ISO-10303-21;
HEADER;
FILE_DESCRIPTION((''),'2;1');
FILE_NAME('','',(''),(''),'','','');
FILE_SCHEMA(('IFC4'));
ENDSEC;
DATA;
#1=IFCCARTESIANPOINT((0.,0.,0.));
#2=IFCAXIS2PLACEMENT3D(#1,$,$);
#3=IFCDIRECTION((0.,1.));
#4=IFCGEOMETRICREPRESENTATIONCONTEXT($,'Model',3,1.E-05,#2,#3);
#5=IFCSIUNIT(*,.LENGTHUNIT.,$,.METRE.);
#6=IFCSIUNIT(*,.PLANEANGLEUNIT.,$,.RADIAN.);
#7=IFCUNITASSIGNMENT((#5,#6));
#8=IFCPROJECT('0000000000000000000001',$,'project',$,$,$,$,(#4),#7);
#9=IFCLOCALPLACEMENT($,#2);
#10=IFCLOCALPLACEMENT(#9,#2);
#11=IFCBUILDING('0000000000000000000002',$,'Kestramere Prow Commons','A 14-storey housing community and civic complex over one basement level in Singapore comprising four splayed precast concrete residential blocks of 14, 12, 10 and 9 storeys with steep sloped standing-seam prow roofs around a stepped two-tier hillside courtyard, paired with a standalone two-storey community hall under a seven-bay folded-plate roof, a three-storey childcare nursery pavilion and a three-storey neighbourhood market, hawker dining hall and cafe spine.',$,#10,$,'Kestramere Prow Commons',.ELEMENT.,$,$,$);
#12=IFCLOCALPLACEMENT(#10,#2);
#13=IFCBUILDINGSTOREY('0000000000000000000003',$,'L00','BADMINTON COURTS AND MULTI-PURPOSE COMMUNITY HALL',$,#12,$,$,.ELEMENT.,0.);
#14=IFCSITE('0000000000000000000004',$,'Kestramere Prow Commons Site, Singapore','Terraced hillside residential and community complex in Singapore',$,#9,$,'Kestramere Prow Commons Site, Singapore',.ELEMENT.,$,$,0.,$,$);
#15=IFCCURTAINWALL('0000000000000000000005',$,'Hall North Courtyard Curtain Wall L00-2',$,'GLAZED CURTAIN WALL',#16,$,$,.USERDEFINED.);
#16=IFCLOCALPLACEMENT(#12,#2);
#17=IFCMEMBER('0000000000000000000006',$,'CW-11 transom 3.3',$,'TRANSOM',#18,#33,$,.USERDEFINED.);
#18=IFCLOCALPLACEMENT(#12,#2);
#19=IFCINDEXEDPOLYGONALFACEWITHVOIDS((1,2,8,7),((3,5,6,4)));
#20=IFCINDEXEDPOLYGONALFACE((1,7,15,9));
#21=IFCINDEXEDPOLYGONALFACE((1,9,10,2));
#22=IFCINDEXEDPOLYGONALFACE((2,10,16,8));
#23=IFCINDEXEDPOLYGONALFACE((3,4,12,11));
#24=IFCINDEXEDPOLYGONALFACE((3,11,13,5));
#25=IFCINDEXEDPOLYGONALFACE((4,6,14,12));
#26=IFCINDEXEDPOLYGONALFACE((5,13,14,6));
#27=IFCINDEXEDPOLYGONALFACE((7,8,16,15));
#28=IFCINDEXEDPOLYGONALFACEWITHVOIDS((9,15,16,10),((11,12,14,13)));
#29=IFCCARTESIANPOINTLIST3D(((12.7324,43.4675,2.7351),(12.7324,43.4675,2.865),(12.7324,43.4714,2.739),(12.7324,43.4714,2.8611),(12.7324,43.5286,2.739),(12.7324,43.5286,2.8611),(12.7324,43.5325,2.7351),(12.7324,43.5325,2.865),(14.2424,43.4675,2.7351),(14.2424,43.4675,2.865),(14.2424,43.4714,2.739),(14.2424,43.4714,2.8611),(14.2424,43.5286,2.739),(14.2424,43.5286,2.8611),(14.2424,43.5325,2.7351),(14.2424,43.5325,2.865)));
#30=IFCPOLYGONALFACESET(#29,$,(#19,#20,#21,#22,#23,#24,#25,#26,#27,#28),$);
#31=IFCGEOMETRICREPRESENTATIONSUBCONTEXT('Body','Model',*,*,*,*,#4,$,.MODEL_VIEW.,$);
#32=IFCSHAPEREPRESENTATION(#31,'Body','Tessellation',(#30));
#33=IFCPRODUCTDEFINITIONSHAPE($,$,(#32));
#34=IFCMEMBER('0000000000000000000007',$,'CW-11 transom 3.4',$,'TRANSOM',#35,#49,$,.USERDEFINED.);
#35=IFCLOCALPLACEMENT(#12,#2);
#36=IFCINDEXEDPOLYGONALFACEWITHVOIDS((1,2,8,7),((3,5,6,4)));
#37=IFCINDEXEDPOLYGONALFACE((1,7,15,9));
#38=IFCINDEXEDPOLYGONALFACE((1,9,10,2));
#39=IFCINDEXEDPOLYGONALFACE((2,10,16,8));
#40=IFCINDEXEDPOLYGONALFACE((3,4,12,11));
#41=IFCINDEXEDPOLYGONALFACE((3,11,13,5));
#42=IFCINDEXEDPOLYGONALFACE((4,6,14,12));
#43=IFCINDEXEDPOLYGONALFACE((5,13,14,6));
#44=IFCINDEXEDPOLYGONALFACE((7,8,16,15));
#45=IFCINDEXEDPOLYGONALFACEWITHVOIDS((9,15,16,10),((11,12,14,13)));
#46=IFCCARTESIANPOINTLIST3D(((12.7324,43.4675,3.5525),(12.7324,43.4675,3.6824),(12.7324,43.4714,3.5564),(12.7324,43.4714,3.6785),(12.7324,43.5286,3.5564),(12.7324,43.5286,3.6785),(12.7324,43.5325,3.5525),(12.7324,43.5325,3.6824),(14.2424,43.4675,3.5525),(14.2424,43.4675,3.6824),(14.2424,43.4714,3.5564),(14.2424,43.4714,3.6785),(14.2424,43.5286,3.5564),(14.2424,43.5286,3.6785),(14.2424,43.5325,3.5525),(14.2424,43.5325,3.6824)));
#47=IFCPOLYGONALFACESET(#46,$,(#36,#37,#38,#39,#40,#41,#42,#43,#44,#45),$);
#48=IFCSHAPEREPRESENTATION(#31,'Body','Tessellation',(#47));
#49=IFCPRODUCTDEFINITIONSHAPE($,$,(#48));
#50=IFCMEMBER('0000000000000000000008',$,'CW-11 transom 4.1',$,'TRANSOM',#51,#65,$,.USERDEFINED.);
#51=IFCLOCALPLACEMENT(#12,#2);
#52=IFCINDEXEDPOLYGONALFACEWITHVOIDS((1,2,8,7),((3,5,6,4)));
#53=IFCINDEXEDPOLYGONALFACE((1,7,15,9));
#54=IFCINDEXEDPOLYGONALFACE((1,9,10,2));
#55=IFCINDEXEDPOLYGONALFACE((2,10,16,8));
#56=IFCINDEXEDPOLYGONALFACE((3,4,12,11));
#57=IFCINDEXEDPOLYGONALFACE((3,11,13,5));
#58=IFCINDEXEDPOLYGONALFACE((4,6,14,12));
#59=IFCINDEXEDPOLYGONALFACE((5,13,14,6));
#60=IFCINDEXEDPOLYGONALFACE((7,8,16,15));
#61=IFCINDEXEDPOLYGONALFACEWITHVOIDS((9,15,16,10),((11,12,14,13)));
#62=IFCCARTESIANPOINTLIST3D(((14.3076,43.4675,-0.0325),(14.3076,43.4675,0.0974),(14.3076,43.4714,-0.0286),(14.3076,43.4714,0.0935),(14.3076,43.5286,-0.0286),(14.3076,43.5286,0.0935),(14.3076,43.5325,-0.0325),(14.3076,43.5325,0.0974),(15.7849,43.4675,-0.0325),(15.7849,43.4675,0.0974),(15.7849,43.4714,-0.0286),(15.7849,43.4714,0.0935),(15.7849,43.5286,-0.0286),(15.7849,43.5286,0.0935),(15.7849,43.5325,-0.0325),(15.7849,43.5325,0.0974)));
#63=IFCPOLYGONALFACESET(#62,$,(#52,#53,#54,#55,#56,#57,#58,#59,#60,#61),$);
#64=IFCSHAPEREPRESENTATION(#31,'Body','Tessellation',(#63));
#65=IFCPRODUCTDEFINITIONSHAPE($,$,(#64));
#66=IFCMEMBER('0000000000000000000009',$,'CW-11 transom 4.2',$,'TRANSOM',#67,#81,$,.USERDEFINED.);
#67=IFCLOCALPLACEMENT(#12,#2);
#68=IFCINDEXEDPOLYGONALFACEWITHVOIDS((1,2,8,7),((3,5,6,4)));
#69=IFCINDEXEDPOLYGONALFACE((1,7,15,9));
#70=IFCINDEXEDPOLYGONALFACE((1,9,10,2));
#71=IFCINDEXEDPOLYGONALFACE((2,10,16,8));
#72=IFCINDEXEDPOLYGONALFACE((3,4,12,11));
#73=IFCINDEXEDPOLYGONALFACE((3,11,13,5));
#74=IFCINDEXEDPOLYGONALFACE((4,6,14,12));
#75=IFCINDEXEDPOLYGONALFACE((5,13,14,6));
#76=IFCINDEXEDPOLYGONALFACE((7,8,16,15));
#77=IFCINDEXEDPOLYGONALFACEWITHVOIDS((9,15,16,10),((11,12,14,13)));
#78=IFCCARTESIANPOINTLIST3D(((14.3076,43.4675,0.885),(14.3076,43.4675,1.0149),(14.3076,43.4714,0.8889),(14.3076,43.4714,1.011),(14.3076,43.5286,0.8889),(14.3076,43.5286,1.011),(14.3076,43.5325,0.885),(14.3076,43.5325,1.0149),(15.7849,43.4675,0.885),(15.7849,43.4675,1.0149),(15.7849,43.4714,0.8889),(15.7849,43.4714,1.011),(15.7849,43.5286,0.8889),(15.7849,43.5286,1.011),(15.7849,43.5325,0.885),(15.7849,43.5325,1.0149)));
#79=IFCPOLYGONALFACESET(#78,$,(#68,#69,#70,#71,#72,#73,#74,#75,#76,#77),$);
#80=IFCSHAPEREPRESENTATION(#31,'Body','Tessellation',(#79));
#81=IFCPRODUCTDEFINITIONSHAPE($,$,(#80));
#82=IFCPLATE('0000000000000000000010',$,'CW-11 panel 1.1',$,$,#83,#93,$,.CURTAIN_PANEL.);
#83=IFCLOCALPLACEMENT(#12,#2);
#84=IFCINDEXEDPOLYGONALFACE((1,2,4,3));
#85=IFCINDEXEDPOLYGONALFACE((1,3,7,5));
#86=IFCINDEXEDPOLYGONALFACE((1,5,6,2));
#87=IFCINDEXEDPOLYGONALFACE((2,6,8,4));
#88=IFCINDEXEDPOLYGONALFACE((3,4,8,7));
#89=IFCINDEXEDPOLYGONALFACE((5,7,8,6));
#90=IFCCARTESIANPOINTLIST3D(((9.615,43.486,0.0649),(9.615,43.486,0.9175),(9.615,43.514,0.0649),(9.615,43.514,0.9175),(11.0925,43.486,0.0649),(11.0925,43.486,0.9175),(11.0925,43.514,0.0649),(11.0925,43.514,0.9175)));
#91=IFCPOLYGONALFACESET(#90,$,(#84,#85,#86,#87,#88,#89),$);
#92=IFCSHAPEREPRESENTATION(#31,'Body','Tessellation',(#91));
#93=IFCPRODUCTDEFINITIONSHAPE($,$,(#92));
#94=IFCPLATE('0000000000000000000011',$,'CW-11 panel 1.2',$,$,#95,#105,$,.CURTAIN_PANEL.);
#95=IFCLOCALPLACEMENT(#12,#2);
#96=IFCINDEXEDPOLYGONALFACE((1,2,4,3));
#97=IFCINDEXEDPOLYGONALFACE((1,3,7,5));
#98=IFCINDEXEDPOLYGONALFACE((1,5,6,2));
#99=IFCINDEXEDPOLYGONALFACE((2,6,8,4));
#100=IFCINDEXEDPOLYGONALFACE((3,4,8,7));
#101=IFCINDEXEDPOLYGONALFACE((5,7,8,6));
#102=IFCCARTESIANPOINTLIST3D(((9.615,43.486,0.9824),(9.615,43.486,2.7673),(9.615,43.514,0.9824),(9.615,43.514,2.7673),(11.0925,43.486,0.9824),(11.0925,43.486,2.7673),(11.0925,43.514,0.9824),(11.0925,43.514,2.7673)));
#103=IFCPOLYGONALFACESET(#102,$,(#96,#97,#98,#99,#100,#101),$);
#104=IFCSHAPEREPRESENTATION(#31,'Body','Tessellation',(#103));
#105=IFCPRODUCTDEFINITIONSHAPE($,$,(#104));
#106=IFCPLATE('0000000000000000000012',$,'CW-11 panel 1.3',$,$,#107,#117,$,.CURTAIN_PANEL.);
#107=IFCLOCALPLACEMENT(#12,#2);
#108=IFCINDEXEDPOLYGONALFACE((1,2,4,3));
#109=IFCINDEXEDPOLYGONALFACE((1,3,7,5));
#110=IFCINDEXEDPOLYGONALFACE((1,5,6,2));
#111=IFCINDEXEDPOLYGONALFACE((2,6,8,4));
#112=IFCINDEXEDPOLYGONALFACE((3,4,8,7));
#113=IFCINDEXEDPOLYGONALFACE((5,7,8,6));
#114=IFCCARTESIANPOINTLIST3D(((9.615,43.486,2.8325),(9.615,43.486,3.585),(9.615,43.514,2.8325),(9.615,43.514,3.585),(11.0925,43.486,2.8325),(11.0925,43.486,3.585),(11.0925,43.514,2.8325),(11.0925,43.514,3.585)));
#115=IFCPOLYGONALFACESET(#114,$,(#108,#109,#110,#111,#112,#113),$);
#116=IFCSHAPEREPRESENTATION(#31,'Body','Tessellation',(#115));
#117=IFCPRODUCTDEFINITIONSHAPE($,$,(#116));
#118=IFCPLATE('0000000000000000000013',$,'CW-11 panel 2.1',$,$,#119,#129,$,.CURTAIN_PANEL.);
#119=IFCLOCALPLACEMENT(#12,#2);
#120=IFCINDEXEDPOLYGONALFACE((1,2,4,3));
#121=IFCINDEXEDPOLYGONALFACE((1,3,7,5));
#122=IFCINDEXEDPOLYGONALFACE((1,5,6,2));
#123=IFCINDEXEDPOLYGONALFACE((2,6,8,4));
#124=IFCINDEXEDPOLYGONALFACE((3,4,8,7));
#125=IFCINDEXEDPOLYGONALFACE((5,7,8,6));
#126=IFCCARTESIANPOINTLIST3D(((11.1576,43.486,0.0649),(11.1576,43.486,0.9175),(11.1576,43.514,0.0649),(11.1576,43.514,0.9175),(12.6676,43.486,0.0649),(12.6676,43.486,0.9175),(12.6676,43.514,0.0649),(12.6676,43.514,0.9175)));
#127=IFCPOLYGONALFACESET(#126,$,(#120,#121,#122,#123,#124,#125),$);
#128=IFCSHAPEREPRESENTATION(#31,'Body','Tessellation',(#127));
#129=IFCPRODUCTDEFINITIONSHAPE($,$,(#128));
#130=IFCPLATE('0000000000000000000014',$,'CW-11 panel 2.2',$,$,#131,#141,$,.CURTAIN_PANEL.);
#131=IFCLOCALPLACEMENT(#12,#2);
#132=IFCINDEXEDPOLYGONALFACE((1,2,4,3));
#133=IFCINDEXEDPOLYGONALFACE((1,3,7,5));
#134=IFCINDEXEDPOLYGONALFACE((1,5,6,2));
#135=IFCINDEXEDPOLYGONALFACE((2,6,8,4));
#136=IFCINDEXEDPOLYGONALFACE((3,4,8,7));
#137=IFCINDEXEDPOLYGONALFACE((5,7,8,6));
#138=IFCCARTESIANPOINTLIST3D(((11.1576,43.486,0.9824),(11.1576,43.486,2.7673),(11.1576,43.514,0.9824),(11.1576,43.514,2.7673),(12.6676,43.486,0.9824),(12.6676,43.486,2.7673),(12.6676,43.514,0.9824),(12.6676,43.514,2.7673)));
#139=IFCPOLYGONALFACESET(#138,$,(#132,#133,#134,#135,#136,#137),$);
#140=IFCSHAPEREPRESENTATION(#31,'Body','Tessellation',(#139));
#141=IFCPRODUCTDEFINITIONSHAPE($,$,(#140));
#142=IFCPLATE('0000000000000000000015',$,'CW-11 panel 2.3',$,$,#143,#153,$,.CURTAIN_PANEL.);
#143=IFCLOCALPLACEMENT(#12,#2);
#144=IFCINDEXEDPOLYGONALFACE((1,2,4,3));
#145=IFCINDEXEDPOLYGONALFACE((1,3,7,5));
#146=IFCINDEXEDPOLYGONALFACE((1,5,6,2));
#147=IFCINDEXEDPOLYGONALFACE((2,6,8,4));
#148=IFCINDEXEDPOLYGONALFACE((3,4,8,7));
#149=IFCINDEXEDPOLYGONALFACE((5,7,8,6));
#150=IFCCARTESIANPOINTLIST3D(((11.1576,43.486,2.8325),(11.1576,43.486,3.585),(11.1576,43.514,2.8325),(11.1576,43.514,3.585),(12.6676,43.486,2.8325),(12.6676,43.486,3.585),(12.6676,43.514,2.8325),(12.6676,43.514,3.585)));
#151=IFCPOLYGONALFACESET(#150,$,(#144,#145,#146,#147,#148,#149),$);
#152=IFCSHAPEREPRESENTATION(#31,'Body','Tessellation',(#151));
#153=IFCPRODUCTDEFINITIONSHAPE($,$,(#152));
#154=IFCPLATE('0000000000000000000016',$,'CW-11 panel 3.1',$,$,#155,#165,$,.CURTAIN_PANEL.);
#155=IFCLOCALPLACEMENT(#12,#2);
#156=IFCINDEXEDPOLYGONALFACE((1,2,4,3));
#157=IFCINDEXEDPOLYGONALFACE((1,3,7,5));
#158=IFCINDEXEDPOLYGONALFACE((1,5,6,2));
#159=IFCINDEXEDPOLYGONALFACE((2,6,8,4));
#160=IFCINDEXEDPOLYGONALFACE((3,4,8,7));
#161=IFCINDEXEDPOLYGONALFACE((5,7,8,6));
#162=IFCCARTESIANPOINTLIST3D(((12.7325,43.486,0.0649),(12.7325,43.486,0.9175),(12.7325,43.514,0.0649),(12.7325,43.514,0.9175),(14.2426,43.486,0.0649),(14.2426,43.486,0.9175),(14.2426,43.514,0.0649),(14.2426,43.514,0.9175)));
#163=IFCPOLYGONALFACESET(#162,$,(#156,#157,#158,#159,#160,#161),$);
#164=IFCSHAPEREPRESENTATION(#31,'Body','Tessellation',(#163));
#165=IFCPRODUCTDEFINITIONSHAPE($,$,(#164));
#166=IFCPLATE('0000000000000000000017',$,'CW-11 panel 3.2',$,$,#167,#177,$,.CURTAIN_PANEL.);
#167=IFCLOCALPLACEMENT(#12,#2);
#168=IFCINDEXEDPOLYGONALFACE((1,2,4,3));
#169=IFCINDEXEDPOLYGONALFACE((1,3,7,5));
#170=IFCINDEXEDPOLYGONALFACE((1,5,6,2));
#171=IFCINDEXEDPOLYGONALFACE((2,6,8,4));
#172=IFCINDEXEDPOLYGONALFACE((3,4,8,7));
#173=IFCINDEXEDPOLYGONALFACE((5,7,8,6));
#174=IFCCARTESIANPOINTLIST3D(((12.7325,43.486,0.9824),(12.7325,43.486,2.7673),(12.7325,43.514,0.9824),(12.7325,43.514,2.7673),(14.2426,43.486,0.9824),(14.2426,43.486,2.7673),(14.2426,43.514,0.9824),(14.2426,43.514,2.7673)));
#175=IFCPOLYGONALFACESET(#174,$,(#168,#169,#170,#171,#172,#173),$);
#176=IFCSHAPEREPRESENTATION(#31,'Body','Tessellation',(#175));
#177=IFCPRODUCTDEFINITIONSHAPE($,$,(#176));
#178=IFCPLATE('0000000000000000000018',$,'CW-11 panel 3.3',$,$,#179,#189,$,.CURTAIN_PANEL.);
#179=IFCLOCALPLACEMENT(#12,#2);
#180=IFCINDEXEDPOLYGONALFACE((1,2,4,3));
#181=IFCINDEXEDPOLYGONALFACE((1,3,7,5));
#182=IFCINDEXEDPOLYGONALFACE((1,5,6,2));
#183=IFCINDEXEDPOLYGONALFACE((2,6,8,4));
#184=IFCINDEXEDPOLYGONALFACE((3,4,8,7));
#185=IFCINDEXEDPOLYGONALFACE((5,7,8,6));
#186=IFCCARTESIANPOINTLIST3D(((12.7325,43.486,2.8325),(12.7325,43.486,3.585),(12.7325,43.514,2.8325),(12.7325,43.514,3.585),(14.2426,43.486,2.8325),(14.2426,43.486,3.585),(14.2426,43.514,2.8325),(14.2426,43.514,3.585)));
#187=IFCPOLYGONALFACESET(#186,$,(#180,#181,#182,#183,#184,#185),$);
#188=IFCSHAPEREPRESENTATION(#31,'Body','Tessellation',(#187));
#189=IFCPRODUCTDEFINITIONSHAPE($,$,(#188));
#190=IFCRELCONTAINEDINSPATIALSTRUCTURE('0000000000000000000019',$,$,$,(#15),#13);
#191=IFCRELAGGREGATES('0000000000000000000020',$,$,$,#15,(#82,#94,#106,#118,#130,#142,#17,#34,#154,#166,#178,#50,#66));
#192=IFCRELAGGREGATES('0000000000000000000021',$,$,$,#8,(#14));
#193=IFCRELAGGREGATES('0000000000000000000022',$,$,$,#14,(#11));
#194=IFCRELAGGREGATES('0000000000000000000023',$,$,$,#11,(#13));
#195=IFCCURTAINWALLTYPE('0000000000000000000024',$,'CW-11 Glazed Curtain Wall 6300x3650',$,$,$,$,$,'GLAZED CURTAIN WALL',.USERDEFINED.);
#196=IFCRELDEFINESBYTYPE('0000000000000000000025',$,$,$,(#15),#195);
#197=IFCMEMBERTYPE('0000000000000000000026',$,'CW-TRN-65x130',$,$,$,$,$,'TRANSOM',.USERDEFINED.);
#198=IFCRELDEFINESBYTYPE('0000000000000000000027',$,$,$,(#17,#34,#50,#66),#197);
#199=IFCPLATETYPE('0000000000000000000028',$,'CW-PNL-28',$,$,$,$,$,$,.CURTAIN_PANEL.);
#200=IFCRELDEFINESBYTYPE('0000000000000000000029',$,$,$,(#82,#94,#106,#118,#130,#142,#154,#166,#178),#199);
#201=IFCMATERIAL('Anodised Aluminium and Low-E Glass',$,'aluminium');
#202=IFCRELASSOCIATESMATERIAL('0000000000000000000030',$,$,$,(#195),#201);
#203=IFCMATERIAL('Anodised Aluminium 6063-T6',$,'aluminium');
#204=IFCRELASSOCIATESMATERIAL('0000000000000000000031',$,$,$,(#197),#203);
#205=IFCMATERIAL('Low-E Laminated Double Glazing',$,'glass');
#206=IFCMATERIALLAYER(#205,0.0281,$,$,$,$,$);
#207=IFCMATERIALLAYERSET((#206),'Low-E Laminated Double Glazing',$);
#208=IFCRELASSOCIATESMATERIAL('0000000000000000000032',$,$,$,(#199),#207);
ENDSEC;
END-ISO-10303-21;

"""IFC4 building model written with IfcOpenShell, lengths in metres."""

from ifc_helpers import new_model, si_unit, direction, frame, origin, origin_2d, place, context, subcontext, project, spatial, rectangle, hollow_rectangle, extrude, material, layer, layer_set, material_profile, profile_set, type_object, element, aggregate, save


model = new_model("IFC4")

# Units and contexts
model_context = context("Model", 3, precision=1e-05, world=origin(), true_north=direction((0.0, 1.0)))
body_context = subcontext(model_context, "Body", "Model", "MODEL_VIEW")
ifc_project = project(units=[si_unit("LENGTHUNIT", "METRE"), si_unit("PLANEANGLEUNIT", "RADIAN")], contexts=[model_context])

# Site, building, storey
site_placement = place(None, origin())
site = spatial("IfcSite", under=ifc_project, at=site_placement, Name="Kestramere Prow Commons Site, Singapore", Description="Terraced hillside residential and community complex in Singapore", LongName="Kestramere Prow Commons Site, Singapore", CompositionType="ELEMENT", RefElevation=0.0)
building_placement = place(site_placement, origin())
building = spatial("IfcBuilding", under=site, at=building_placement, Name="Kestramere Prow Commons", Description="A 14-storey housing community and civic complex over one basement level in Singapore comprising four splayed precast concrete residential blocks of 14, 12, 10 and 9 storeys with steep sloped standing-seam prow roofs around a stepped two-tier hillside courtyard, paired with a standalone two-storey community hall under a seven-bay folded-plate roof, a three-storey childcare nursery pavilion and a three-storey neighbourhood market, hawker dining hall and cafe spine.", LongName="Kestramere Prow Commons", CompositionType="ELEMENT")
storey_placement = place(building_placement, origin())
storey = spatial("IfcBuildingStorey", under=building, at=storey_placement, Name="L00", Description="BADMINTON COURTS AND MULTI-PURPOSE COMMUNITY HALL", CompositionType="ELEMENT", Elevation=0.0)

# Curtain wall, members, plates
ifc_material_1 = material(Name="Anodised Aluminium and Low-E Glass", Category="aluminium")
curtain_wall_type = type_object("IfcCurtainWallType", Name="CW-11 Glazed Curtain Wall 6300x3650", ElementType="GLAZED CURTAIN WALL", PredefinedType="USERDEFINED", material=ifc_material_1)
curtain_wall_placement = place(storey_placement, origin())
curtain_wall = element("IfcCurtainWall", 1, at=curtain_wall_placement, inside=storey, type_object=curtain_wall_type, Name="Hall North Courtyard Curtain Wall L00-2", ObjectType="GLAZED CURTAIN WALL", PredefinedType="USERDEFINED")
ifc_material_2 = material(Name="Anodised Aluminium 6063-T6", Category="aluminium")
ifc_material_profile_1 = material_profile(ifc_material_2, hollow_rectangle(XDim=0.0649, YDim=0.1299, WallThickness=0.0039, at=origin_2d()), Name="ALU-TRN 65x130")
ifc_profile_set_1 = profile_set([ifc_material_profile_1], Name="Anodised Aluminium 6063-T6")
member_type_1 = type_object("IfcMemberType", Name="CW-TRN-65x130", ElementType="TRANSOM", PredefinedType="USERDEFINED", material=ifc_profile_set_1)
member_1_placement = place(storey_placement, frame((12.7324, 43.5, 2.8), z_axis=(1.0, 0.0, 0.0), x_axis=(0.0, 1.0, 0.0)))
member_1 = element("IfcMember", 2, at=member_1_placement, type_object=member_type_1, Name="CW-11 transom 3.3", ObjectType="TRANSOM", PredefinedType="USERDEFINED", context=body_context, shape_type="SweptSolid", body=[
    extrude(hollow_rectangle(XDim=0.0649, YDim=0.1299, WallThickness=0.0039, at=origin_2d()), origin(), (0.0, 0.0, 1.0), 1.51),
])
member_2_placement = place(storey_placement, frame((12.7324, 43.5, 3.6174), z_axis=(1.0, 0.0, 0.0), x_axis=(0.0, 1.0, 0.0)))
member_2 = element("IfcMember", 3, at=member_2_placement, type_object=member_type_1, Name="CW-11 transom 3.4", ObjectType="TRANSOM", PredefinedType="USERDEFINED", context=body_context, shape_type="SweptSolid", body=[
    extrude(hollow_rectangle(XDim=0.0649, YDim=0.1299, WallThickness=0.0039, at=origin_2d()), origin(), (0.0, 0.0, 1.0), 1.51),
])
member_3_placement = place(storey_placement, frame((14.3076, 43.5, 0.0325), z_axis=(1.0, 0.0, 0.0), x_axis=(0.0, 1.0, 0.0)))
member_3 = element("IfcMember", 4, at=member_3_placement, type_object=member_type_1, Name="CW-11 transom 4.1", ObjectType="TRANSOM", PredefinedType="USERDEFINED", context=body_context, shape_type="SweptSolid", body=[
    extrude(hollow_rectangle(XDim=0.0649, YDim=0.1299, WallThickness=0.0039, at=origin_2d()), origin(), (0.0, 0.0, 1.0), 1.4773),
])
member_4_placement = place(storey_placement, frame((14.3076, 43.5, 0.95), z_axis=(1.0, 0.0, 0.0), x_axis=(0.0, 1.0, 0.0)))
member_4 = element("IfcMember", 5, at=member_4_placement, type_object=member_type_1, Name="CW-11 transom 4.2", ObjectType="TRANSOM", PredefinedType="USERDEFINED", context=body_context, shape_type="SweptSolid", body=[
    extrude(hollow_rectangle(XDim=0.0649, YDim=0.1299, WallThickness=0.0039, at=origin_2d()), origin(), (0.0, 0.0, 1.0), 1.4773),
])
ifc_material_3 = material(Name="Low-E Laminated Double Glazing", Category="glass")
ifc_layer = layer(ifc_material_3, 0.0281)
ifc_layer_set = layer_set([ifc_layer], Name="Low-E Laminated Double Glazing")
plate_type = type_object("IfcPlateType", Name="CW-PNL-28", PredefinedType="CURTAIN_PANEL", material=ifc_layer_set)
plate_1_placement = place(storey_placement, frame((10.3538, 43.5, 0.0649), z_axis=(0.0, 0.0, 1.0), x_axis=(1.0, 0.0, 0.0)))
plate_1 = element("IfcPlate", 6, at=plate_1_placement, type_object=plate_type, Name="CW-11 panel 1.1", PredefinedType="CURTAIN_PANEL", context=body_context, shape_type="SweptSolid", body=[
    extrude(rectangle(XDim=1.4775, YDim=0.0281, at=origin_2d()), origin(), (0.0, 0.0, 1.0), 0.8525),
])
plate_2_placement = place(storey_placement, frame((10.3538, 43.5, 0.9824), z_axis=(0.0, 0.0, 1.0), x_axis=(1.0, 0.0, 0.0)))
plate_2 = element("IfcPlate", 7, at=plate_2_placement, type_object=plate_type, Name="CW-11 panel 1.2", PredefinedType="CURTAIN_PANEL", context=body_context, shape_type="SweptSolid", body=[
    extrude(rectangle(XDim=1.4775, YDim=0.0281, at=origin_2d()), origin(), (0.0, 0.0, 1.0), 1.7849),
])
plate_3_placement = place(storey_placement, frame((10.3538, 43.5, 2.8325), z_axis=(0.0, 0.0, 1.0), x_axis=(1.0, 0.0, 0.0)))
plate_3 = element("IfcPlate", 8, at=plate_3_placement, type_object=plate_type, Name="CW-11 panel 1.3", PredefinedType="CURTAIN_PANEL", context=body_context, shape_type="SweptSolid", body=[
    extrude(rectangle(XDim=1.4775, YDim=0.0281, at=origin_2d()), origin(), (0.0, 0.0, 1.0), 0.7524),
])
plate_4_placement = place(storey_placement, frame((11.9126, 43.5, 0.0649), z_axis=(0.0, 0.0, 1.0), x_axis=(1.0, 0.0, 0.0)))
plate_4 = element("IfcPlate", 9, at=plate_4_placement, type_object=plate_type, Name="CW-11 panel 2.1", PredefinedType="CURTAIN_PANEL", context=body_context, shape_type="SweptSolid", body=[
    extrude(rectangle(XDim=1.51, YDim=0.0281, at=origin_2d()), origin(), (0.0, 0.0, 1.0), 0.8525),
])
plate_5_placement = place(storey_placement, frame((11.9126, 43.5, 0.9824), z_axis=(0.0, 0.0, 1.0), x_axis=(1.0, 0.0, 0.0)))
plate_5 = element("IfcPlate", 10, at=plate_5_placement, type_object=plate_type, Name="CW-11 panel 2.2", PredefinedType="CURTAIN_PANEL", context=body_context, shape_type="SweptSolid", body=[
    extrude(rectangle(XDim=1.51, YDim=0.0281, at=origin_2d()), origin(), (0.0, 0.0, 1.0), 1.7849),
])
plate_6_placement = place(storey_placement, frame((11.9126, 43.5, 2.8325), z_axis=(0.0, 0.0, 1.0), x_axis=(1.0, 0.0, 0.0)))
plate_6 = element("IfcPlate", 11, at=plate_6_placement, type_object=plate_type, Name="CW-11 panel 2.3", PredefinedType="CURTAIN_PANEL", context=body_context, shape_type="SweptSolid", body=[
    extrude(rectangle(XDim=1.51, YDim=0.0281, at=origin_2d()), origin(), (0.0, 0.0, 1.0), 0.7524),
])
plate_7_placement = place(storey_placement, frame((13.4875, 43.5, 0.0649), z_axis=(0.0, 0.0, 1.0), x_axis=(1.0, 0.0, 0.0)))
plate_7 = element("IfcPlate", 12, at=plate_7_placement, type_object=plate_type, Name="CW-11 panel 3.1", PredefinedType="CURTAIN_PANEL", context=body_context, shape_type="SweptSolid", body=[
    extrude(rectangle(XDim=1.51, YDim=0.0281, at=origin_2d()), origin(), (0.0, 0.0, 1.0), 0.8525),
])
plate_8_placement = place(storey_placement, frame((13.4875, 43.5, 0.9824), z_axis=(0.0, 0.0, 1.0), x_axis=(1.0, 0.0, 0.0)))
plate_8 = element("IfcPlate", 13, at=plate_8_placement, type_object=plate_type, Name="CW-11 panel 3.2", PredefinedType="CURTAIN_PANEL", context=body_context, shape_type="SweptSolid", body=[
    extrude(rectangle(XDim=1.51, YDim=0.0281, at=origin_2d()), origin(), (0.0, 0.0, 1.0), 1.7849),
])
plate_9_placement = place(storey_placement, frame((13.4875, 43.5, 2.8325), z_axis=(0.0, 0.0, 1.0), x_axis=(1.0, 0.0, 0.0)))
plate_9 = element("IfcPlate", 14, at=plate_9_placement, type_object=plate_type, Name="CW-11 panel 3.3", PredefinedType="CURTAIN_PANEL", context=body_context, shape_type="SweptSolid", body=[
    extrude(rectangle(XDim=1.51, YDim=0.0281, at=origin_2d()), origin(), (0.0, 0.0, 1.0), 0.7524),
])
aggregate(curtain_wall, [plate_1, plate_2, plate_3, plate_4, plate_5, plate_6, member_1, member_2, plate_7, plate_8, plate_9, member_3, member_4])

save(model, "model.ifc")
